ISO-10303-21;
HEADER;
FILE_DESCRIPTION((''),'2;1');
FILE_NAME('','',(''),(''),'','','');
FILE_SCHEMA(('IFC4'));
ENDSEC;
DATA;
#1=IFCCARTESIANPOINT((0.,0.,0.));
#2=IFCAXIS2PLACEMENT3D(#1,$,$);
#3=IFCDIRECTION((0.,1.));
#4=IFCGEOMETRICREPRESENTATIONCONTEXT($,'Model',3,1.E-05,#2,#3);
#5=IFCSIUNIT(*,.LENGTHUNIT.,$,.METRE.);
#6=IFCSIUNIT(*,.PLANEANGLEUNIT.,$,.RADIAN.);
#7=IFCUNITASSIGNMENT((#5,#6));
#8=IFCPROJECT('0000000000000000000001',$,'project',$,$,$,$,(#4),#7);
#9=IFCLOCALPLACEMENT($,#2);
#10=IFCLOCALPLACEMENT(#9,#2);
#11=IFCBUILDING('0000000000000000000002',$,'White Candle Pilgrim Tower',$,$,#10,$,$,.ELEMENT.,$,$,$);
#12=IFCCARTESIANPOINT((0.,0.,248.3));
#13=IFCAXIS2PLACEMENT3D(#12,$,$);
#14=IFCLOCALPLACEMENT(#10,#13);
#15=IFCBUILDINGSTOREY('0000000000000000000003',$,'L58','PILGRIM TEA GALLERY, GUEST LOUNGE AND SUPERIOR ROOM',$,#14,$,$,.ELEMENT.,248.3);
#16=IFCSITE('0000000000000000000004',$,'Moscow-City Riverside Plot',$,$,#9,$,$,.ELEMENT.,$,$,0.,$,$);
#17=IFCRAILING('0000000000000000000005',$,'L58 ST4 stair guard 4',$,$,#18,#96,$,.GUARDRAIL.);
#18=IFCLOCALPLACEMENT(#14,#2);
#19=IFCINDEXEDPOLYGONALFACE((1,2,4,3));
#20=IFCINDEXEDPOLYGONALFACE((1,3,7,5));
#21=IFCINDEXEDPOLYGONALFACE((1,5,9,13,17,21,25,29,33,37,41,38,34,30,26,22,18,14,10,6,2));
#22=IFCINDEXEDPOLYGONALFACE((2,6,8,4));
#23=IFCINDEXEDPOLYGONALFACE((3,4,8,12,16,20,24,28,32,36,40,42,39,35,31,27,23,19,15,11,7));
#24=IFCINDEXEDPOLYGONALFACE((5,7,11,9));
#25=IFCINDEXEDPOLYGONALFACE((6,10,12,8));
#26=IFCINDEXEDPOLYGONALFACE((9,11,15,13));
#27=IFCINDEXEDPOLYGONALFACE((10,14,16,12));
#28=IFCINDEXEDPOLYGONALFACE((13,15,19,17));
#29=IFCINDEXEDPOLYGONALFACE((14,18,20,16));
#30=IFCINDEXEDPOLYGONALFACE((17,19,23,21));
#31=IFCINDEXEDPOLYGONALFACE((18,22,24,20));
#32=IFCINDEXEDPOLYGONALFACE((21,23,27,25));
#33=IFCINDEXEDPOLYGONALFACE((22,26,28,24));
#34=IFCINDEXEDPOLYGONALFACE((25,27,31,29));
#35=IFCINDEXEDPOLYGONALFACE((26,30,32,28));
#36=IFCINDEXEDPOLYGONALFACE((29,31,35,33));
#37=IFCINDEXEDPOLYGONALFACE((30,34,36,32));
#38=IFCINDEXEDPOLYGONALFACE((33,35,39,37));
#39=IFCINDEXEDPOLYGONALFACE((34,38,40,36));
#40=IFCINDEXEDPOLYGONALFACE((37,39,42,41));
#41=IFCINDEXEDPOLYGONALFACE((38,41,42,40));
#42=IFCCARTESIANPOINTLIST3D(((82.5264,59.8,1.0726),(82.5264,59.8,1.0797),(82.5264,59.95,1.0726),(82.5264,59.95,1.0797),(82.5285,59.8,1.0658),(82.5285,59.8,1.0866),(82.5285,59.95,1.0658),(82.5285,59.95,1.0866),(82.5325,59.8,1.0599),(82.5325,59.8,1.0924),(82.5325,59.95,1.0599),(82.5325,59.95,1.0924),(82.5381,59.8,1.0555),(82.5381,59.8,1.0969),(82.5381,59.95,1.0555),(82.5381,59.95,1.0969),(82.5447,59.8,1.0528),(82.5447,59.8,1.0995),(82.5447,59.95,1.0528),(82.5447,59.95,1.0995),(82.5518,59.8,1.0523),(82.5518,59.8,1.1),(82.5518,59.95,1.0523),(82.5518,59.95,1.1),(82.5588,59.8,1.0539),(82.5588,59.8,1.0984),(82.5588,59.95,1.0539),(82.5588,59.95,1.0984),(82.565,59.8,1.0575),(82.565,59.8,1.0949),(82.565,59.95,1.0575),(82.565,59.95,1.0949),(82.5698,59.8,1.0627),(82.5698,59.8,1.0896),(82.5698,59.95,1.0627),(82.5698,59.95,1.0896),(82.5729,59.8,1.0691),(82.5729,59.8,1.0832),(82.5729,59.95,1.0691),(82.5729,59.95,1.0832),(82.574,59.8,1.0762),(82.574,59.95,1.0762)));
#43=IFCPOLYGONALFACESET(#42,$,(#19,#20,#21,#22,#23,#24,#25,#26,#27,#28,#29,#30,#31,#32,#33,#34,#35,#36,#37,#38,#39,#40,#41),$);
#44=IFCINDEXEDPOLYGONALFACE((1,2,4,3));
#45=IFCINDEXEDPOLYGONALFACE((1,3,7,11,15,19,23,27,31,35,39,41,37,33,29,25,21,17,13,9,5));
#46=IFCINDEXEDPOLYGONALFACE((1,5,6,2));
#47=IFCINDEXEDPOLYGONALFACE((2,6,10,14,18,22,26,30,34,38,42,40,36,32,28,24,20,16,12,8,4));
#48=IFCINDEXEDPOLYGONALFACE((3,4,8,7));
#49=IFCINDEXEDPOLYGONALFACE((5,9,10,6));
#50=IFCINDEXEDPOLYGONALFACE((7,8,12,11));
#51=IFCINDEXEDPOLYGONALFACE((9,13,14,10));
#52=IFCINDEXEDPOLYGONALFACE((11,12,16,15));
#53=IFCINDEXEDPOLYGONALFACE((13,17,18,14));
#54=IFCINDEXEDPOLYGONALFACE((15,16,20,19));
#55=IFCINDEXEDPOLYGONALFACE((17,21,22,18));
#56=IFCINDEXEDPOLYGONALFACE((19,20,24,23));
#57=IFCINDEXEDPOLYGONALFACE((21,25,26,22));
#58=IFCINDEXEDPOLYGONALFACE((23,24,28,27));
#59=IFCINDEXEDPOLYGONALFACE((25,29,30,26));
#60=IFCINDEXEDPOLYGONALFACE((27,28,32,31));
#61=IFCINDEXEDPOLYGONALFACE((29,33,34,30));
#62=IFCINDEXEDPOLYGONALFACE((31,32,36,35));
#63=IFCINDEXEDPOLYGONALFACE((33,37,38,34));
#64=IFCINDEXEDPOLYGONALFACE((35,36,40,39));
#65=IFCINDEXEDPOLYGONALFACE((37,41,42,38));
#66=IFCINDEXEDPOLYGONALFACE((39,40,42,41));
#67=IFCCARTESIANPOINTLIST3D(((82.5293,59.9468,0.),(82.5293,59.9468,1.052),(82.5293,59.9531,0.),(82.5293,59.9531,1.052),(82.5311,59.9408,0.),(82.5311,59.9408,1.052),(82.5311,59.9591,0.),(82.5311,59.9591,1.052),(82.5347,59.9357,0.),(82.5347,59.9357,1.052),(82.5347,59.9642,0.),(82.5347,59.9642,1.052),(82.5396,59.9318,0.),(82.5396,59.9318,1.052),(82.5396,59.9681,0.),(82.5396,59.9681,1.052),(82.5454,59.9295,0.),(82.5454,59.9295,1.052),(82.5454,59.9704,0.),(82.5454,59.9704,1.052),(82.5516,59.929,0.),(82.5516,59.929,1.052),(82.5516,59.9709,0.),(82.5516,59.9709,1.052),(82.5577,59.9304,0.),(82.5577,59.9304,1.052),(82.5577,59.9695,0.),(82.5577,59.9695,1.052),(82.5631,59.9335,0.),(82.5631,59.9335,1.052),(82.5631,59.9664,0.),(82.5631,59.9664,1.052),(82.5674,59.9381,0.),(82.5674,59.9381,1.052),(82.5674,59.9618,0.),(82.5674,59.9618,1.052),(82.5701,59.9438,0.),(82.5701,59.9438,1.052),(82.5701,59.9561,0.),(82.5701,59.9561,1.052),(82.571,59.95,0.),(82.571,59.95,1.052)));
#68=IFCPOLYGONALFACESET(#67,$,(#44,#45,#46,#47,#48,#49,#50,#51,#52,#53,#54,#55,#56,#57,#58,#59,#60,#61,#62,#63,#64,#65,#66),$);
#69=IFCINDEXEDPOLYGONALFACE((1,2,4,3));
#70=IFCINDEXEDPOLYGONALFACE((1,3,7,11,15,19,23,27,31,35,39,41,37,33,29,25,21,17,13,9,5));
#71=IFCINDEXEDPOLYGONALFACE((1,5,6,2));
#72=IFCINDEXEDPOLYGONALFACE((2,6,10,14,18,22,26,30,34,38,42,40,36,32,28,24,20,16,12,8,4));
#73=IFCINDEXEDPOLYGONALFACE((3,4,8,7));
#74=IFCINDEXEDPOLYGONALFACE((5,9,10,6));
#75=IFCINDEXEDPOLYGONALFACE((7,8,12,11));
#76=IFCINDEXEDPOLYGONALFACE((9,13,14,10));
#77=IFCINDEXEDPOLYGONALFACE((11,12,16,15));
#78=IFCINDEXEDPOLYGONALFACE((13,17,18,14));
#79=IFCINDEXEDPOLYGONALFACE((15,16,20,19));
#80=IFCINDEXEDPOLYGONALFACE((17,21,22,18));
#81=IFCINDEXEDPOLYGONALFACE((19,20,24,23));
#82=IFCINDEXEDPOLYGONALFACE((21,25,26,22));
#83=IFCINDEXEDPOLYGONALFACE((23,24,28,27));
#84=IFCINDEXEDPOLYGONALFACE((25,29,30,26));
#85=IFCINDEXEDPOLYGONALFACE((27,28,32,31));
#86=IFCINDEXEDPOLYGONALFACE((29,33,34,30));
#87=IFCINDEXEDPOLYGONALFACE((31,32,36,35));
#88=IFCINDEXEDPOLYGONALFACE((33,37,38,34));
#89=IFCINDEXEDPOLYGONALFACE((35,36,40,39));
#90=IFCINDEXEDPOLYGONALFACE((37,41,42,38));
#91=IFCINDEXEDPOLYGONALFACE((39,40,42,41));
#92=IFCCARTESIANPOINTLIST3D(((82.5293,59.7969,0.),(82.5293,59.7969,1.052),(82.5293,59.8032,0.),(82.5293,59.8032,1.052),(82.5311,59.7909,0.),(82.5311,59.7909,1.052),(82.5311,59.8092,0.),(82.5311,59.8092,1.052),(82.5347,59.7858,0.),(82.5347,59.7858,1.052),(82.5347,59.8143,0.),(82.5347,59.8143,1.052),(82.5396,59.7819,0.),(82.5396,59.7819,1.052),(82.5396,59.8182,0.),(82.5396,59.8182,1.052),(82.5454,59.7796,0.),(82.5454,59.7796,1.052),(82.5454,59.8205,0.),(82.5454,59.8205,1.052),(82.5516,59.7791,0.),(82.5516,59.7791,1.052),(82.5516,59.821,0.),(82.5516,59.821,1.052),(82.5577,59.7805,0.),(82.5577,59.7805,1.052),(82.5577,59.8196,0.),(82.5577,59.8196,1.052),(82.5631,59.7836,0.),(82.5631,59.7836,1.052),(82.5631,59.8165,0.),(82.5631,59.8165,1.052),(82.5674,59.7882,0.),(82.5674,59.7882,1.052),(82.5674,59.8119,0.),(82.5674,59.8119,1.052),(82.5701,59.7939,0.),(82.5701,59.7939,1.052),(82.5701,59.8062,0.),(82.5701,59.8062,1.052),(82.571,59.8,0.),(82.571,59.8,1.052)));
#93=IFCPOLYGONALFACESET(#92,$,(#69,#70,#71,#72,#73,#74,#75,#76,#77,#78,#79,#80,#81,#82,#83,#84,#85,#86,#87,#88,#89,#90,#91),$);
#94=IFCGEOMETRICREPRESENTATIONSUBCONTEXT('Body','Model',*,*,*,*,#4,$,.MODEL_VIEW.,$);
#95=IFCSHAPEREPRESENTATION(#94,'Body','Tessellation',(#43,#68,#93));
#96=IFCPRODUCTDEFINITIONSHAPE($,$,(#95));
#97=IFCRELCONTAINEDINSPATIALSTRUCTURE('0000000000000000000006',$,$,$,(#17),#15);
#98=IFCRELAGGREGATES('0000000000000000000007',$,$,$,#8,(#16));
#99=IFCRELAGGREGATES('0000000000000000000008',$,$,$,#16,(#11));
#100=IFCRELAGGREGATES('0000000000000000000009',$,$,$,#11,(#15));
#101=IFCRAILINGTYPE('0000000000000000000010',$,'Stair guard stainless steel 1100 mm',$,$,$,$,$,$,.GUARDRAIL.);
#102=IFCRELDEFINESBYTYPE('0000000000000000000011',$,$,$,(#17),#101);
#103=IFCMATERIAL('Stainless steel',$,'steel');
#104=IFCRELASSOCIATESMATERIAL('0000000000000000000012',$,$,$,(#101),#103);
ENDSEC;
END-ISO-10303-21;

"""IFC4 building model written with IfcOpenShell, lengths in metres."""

from ifc_helpers import new_model, si_unit, direction, frame, origin, origin_2d, place, context, subcontext, project, spatial, circle, extrude, material, type_object, element, save


model = new_model("IFC4")

# Units and contexts
model_context = context("Model", 3, precision=1e-05, world=origin(), true_north=direction((0.0, 1.0)))
body_context = subcontext(model_context, "Body", "Model", "MODEL_VIEW")
ifc_project = project(units=[si_unit("LENGTHUNIT", "METRE"), si_unit("PLANEANGLEUNIT", "RADIAN")], contexts=[model_context])

# Site, building, storey
site_placement = place(None, origin())
site = spatial("IfcSite", under=ifc_project, at=site_placement, Name="Moscow-City Riverside Plot", CompositionType="ELEMENT", RefElevation=0.0)
building_placement = place(site_placement, origin())
building = spatial("IfcBuilding", under=site, at=building_placement, Name="White Candle Pilgrim Tower", CompositionType="ELEMENT")
storey_placement = place(building_placement, frame((0.0, 0.0, 248.3)))
storey = spatial("IfcBuildingStorey", under=building, at=storey_placement, Name="L58", Description="PILGRIM TEA GALLERY, GUEST LOUNGE AND SUPERIOR ROOM", CompositionType="ELEMENT", Elevation=248.3)

# Railing
ifc_material_1 = material(Name="Stainless steel", Category="steel")
railing_type_1 = type_object("IfcRailingType", Name="Stair guard stainless steel 1100 mm", PredefinedType="GUARDRAIL", material=ifc_material_1)
railing_1_placement = place(storey_placement, frame((82.55, 59.95, 0.0)))
element("IfcRailing", 1, at=railing_1_placement, inside=storey, type_object=railing_type_1, Name="L58 ST4 stair guard 4", PredefinedType="GUARDRAIL", context=body_context, shape_type="SweptSolid", body=[
    extrude(circle(Radius=0.0239, at=origin_2d()), frame((0.0, 0.0, 1.0762), z_axis=(0.0, -1.0, 0.0), x_axis=(1.0, 0.0, 0.0)), (0.0, 0.0, 1.0), 0.1499),
    extrude(circle(Radius=0.021, at=origin_2d()), origin(), (0.0, 0.0, 1.0), 1.052),
    extrude(circle(Radius=0.021, at=origin_2d()), frame((0.0, -0.1499, 0.0)), (0.0, 0.0, 1.0), 1.052),
])

save(model, "model.ifc")
